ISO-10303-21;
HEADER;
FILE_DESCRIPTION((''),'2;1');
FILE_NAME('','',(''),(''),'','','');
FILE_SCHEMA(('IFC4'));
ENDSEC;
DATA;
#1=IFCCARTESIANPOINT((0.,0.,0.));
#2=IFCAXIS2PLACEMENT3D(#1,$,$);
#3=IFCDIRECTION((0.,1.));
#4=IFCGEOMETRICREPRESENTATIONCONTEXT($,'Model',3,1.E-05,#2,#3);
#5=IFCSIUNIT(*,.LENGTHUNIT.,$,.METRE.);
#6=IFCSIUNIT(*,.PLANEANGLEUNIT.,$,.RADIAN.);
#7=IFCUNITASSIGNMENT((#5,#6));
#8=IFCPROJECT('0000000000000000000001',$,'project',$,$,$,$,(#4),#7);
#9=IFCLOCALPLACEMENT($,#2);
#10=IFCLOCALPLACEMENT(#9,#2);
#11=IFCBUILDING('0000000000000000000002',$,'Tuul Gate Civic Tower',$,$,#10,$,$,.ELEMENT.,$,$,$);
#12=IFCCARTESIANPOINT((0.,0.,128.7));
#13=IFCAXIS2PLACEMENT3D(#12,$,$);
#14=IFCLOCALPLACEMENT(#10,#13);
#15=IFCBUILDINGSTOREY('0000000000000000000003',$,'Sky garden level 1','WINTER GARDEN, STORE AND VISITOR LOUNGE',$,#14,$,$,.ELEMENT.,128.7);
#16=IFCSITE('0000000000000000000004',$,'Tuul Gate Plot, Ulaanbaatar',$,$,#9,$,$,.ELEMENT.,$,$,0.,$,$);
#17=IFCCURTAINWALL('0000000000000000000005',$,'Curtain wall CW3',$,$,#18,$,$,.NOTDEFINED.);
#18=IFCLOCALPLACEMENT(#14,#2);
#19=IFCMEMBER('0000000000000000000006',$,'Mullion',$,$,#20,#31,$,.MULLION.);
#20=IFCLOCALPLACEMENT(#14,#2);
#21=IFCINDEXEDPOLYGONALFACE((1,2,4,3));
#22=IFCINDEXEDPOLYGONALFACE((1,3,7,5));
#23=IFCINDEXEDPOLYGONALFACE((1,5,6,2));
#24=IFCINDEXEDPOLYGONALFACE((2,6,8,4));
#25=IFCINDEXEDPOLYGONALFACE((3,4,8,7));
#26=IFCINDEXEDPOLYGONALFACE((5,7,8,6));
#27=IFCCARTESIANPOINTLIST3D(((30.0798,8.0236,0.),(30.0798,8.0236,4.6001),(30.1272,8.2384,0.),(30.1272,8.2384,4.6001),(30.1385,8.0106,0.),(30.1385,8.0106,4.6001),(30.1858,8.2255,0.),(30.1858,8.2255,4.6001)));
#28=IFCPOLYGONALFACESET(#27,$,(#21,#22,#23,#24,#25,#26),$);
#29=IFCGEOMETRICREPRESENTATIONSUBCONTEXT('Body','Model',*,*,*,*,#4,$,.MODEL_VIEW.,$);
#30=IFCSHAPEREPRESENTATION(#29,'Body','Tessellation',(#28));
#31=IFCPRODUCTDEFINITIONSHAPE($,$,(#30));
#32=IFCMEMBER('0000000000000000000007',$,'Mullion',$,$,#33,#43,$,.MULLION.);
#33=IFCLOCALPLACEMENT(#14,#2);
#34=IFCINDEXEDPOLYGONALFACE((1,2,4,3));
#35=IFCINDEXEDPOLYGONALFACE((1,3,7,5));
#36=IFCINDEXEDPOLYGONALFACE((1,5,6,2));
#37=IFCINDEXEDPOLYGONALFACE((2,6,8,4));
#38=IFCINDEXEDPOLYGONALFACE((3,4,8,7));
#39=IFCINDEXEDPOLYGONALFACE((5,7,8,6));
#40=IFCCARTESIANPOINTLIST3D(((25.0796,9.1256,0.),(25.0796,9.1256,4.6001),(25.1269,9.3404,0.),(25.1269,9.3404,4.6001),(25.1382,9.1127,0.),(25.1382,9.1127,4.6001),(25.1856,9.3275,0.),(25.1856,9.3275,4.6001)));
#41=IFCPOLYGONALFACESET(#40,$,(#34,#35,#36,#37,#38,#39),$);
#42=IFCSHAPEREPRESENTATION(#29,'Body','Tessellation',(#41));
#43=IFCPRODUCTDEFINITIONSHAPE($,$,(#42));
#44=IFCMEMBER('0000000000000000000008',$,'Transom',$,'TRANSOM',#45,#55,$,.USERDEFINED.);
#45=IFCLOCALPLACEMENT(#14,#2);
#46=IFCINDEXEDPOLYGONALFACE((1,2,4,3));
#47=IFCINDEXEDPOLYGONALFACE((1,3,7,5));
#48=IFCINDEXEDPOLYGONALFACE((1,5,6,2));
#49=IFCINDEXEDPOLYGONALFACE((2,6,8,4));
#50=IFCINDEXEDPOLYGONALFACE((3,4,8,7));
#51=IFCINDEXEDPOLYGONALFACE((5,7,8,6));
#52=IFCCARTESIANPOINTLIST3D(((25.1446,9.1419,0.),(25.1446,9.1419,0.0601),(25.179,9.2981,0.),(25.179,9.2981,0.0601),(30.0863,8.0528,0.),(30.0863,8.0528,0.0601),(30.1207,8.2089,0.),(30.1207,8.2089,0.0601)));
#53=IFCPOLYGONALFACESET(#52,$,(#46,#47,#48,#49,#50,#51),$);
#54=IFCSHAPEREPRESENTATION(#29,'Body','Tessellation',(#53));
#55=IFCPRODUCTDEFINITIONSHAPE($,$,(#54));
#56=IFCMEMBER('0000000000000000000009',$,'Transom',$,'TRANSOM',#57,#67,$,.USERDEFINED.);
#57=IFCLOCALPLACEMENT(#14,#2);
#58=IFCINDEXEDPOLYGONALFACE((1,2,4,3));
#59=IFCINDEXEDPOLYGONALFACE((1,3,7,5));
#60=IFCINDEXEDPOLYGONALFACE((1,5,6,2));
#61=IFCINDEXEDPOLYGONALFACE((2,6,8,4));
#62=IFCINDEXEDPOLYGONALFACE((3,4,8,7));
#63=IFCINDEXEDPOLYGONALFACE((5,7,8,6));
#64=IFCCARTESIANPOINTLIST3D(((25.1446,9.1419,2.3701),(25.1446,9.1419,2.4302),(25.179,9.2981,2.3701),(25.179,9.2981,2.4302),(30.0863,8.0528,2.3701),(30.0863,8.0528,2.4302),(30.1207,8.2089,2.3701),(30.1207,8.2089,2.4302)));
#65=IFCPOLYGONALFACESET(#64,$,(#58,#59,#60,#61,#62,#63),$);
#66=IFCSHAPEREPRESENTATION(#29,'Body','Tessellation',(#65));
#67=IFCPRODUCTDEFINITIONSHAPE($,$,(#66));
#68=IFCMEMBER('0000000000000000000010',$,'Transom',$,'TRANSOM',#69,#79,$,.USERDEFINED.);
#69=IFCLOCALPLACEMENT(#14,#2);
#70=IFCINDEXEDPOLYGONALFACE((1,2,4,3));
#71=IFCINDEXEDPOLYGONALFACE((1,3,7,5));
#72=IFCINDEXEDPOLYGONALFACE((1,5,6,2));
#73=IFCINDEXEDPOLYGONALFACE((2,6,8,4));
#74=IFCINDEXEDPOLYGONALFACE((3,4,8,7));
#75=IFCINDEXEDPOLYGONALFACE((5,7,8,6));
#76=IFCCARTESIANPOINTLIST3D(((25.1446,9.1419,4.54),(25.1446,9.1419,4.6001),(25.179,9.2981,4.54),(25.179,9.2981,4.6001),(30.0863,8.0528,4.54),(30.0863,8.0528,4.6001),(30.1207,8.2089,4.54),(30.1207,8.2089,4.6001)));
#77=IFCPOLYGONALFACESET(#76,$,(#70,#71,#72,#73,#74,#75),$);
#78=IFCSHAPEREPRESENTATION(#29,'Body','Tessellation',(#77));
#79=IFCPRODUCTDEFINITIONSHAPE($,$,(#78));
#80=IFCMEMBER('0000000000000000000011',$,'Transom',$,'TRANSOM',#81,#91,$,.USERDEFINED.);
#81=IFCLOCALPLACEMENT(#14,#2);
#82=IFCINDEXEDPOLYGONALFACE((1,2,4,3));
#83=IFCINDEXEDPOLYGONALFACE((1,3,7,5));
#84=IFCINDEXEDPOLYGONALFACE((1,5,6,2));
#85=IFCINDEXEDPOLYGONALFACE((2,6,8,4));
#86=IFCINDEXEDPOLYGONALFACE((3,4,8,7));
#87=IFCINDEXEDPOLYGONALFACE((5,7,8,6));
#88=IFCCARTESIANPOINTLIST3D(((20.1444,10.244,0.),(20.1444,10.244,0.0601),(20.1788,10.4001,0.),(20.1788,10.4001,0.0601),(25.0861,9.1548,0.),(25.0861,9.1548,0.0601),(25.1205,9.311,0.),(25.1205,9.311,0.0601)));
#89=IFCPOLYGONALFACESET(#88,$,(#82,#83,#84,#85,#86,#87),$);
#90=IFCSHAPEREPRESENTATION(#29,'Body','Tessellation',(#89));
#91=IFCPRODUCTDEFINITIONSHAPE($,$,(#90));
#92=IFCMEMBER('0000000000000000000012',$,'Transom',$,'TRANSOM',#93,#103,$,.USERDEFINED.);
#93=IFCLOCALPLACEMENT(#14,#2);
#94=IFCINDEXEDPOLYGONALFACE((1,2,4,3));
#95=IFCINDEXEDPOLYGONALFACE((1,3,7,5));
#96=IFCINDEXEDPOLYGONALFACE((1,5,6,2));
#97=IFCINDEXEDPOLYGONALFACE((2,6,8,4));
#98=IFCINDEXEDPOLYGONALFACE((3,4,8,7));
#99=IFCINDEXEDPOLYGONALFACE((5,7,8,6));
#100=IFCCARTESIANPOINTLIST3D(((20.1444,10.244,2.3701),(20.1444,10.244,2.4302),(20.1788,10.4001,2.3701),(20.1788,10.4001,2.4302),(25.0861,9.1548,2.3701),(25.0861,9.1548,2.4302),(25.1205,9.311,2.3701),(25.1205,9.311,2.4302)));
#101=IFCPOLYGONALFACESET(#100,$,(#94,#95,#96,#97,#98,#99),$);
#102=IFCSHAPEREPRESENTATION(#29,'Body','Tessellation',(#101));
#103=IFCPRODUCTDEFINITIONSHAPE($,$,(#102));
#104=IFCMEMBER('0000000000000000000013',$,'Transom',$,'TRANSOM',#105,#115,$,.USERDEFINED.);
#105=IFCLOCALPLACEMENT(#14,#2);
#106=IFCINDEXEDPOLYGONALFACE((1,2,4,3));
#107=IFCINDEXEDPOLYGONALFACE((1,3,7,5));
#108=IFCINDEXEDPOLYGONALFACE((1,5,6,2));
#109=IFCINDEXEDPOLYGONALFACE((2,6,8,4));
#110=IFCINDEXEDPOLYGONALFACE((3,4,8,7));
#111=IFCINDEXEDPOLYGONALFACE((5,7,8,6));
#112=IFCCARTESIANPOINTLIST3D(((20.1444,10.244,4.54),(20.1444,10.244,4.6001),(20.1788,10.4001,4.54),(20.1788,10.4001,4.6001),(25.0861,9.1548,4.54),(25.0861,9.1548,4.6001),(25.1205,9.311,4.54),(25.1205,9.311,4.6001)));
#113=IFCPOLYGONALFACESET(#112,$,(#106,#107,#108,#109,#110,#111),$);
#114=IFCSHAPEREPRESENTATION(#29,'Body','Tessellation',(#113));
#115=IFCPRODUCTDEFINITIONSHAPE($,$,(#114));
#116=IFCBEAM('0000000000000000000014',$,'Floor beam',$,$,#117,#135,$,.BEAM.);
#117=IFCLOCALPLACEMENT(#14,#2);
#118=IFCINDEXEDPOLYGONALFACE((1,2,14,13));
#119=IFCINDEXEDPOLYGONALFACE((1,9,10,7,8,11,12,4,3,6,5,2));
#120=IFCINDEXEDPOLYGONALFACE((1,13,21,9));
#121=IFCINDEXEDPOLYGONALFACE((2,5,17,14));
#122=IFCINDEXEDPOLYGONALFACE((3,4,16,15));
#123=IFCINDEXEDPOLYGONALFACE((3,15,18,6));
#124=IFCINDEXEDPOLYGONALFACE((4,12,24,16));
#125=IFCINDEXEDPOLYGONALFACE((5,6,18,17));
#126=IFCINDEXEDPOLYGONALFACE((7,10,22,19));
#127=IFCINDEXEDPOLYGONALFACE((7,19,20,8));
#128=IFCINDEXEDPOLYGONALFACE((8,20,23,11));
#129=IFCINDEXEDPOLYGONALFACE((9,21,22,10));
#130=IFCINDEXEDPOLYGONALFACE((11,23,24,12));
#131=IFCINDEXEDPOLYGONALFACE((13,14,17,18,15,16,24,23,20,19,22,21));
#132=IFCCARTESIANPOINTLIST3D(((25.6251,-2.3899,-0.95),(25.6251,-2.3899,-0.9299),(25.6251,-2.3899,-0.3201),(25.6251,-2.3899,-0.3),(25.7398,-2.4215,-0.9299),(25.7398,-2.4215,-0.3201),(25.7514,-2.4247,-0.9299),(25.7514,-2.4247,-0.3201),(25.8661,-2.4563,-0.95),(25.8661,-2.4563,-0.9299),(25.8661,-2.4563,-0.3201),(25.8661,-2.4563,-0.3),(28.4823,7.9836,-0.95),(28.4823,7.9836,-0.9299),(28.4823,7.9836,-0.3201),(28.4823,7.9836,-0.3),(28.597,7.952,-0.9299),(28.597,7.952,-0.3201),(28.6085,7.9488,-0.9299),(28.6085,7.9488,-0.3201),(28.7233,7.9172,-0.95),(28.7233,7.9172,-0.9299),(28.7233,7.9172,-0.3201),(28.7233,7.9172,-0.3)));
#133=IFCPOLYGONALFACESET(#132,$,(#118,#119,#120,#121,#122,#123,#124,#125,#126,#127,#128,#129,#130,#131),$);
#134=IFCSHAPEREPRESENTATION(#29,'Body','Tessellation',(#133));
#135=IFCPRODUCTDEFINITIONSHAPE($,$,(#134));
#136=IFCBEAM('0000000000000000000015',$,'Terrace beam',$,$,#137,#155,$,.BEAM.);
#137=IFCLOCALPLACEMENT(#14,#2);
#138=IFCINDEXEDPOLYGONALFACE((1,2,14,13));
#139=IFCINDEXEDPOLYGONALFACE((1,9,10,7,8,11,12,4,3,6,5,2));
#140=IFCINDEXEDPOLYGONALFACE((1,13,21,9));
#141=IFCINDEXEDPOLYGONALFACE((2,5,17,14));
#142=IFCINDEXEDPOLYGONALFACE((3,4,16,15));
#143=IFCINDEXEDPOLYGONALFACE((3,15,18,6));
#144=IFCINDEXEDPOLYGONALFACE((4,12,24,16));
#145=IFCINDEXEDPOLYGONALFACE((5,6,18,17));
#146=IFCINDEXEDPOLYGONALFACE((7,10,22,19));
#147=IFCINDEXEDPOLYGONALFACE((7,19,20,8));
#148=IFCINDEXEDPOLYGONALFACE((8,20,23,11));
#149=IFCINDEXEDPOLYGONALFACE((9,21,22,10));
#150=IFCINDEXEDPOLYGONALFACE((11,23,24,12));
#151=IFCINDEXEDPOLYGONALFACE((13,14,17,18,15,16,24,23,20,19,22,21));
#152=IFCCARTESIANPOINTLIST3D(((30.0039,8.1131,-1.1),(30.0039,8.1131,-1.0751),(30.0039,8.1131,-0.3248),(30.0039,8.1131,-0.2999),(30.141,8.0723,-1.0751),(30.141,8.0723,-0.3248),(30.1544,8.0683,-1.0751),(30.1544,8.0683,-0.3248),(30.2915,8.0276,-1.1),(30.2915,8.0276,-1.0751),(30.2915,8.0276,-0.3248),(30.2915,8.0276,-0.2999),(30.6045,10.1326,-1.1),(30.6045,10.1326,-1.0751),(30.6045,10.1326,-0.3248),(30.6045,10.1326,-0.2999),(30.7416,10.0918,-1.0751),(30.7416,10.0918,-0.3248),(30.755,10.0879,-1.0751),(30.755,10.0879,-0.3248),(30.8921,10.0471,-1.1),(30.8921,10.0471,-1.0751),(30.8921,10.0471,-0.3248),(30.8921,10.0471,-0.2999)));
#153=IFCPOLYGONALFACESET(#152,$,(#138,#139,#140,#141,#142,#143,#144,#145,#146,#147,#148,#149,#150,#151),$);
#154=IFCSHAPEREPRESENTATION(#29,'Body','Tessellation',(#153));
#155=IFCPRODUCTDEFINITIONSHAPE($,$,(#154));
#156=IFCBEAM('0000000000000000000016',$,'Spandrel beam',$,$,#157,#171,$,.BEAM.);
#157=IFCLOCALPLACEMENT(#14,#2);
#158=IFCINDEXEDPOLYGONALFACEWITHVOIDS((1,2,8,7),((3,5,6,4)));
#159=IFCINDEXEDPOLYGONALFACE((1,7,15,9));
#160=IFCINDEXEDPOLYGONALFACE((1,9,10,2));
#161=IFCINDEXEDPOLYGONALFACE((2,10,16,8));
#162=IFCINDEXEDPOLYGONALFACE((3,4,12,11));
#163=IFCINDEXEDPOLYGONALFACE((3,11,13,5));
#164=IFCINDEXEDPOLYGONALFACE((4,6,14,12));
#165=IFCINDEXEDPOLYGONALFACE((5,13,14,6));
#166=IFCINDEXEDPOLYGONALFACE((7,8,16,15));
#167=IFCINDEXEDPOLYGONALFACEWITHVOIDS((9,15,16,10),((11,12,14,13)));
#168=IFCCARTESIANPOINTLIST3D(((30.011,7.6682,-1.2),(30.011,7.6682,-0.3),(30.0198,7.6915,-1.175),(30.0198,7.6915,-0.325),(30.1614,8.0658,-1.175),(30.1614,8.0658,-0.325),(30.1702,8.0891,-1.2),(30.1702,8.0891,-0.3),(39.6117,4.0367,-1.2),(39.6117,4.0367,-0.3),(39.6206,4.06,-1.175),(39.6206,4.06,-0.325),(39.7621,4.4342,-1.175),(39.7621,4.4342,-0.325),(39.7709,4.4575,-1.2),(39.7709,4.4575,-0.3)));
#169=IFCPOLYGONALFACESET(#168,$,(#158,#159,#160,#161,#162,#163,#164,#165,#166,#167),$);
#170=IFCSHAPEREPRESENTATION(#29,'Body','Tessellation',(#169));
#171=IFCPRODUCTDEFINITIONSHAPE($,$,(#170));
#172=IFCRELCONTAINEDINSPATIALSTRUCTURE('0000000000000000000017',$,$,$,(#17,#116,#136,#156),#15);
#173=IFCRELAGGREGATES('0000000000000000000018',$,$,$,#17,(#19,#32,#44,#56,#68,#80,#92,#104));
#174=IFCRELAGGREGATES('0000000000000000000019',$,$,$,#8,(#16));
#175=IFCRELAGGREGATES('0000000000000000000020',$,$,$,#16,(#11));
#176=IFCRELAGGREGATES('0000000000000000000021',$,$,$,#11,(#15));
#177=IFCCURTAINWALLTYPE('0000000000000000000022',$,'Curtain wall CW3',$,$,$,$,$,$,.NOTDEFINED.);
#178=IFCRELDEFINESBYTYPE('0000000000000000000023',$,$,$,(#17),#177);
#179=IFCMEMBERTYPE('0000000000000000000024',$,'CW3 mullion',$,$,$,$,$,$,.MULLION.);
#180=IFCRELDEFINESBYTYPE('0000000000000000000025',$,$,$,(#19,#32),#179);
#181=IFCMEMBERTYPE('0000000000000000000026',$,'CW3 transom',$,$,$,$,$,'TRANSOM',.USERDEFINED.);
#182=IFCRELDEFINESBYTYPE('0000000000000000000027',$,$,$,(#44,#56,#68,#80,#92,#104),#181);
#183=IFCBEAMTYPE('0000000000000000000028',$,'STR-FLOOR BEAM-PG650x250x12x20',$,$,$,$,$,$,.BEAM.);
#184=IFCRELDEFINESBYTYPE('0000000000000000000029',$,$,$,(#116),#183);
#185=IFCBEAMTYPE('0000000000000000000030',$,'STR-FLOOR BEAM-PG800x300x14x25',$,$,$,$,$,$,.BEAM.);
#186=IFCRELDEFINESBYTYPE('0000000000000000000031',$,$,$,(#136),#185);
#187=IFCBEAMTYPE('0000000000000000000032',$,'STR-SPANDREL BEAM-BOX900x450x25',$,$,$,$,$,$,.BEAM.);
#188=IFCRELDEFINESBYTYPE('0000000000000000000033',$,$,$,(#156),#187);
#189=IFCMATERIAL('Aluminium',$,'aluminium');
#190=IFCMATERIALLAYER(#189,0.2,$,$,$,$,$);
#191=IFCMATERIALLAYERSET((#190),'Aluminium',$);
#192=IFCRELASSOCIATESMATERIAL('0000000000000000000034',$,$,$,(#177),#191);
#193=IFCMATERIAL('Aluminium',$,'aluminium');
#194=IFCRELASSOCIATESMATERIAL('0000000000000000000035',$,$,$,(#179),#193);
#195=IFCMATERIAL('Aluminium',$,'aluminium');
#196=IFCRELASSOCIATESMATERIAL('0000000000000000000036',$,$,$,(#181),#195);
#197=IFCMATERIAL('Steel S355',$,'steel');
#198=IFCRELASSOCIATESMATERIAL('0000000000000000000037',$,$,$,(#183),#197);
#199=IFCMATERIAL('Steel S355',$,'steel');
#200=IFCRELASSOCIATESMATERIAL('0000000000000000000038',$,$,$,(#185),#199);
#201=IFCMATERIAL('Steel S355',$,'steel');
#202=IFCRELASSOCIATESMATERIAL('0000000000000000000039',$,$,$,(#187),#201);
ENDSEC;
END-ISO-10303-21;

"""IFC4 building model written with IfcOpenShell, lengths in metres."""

from ifc_helpers import new_model, si_unit, direction, frame, origin, origin_2d, place, context, subcontext, project, spatial, rectangle, hollow_rectangle, i_section, extrude, material, layer, layer_set, material_profile, profile_set, type_object, element, aggregate, save


model = new_model("IFC4")

# Units and contexts
model_context = context("Model", 3, precision=1e-05, world=origin(), true_north=direction((0.0, 1.0)))
body_context = subcontext(model_context, "Body", "Model", "MODEL_VIEW")
ifc_project = project(units=[si_unit("LENGTHUNIT", "METRE"), si_unit("PLANEANGLEUNIT", "RADIAN")], contexts=[model_context])

# Site, building, storey
site_placement = place(None, origin())
site = spatial("IfcSite", under=ifc_project, at=site_placement, Name="Tuul Gate Plot, Ulaanbaatar", CompositionType="ELEMENT", RefElevation=0.0)
building_placement = place(site_placement, origin())
building = spatial("IfcBuilding", under=site, at=building_placement, Name="Tuul Gate Civic Tower", CompositionType="ELEMENT")
storey_placement = place(building_placement, frame((0.0, 0.0, 128.7)))
storey = spatial("IfcBuildingStorey", under=building, at=storey_placement, Name="Sky garden level 1", Description="WINTER GARDEN, STORE AND VISITOR LOUNGE", CompositionType="ELEMENT", Elevation=128.7)

# Curtain wall, members
ifc_material_1 = material(Name="Aluminium", Category="aluminium")
ifc_layer_1 = layer(ifc_material_1, 0.2)
ifc_layer_set_1 = layer_set([ifc_layer_1], Name="Aluminium")
curtain_wall_type = type_object("IfcCurtainWallType", Name="Curtain wall CW3", PredefinedType="NOTDEFINED", material=ifc_layer_set_1)
curtain_wall_placement = place(storey_placement, origin())
curtain_wall = element("IfcCurtainWall", 1, at=curtain_wall_placement, inside=storey, type_object=curtain_wall_type, Name="Curtain wall CW3", PredefinedType="NOTDEFINED")
ifc_material_2 = material(Name="Aluminium", Category="aluminium")
ifc_material_profile_1 = material_profile(ifc_material_2, rectangle(XDim=0.22, YDim=0.0601, at=origin_2d()), Name="CW3 mullion")
ifc_profile_set_1 = profile_set([ifc_material_profile_1], Name="Aluminium")
member_type_1 = type_object("IfcMemberType", Name="CW3 mullion", PredefinedType="MULLION", material=ifc_profile_set_1)
member_1_placement = place(storey_placement, frame((30.1328, 8.1245, 0.0), z_axis=(0.0, 0.0, 1.0), x_axis=(-0.215234, -0.976562, 0.0)))
member_1 = element("IfcMember", 2, at=member_1_placement, type_object=member_type_1, Name="Mullion", PredefinedType="MULLION", context=body_context, shape_type="SweptSolid", body=[
    extrude(rectangle(XDim=0.22, YDim=0.0601, at=origin_2d()), origin(), (0.0, 0.0, 1.0), 4.6001),
])
member_2_placement = place(storey_placement, frame((25.1326, 9.2266, 0.0), z_axis=(0.0, 0.0, 1.0), x_axis=(-0.215234, -0.976562, 0.0)))
member_2 = element("IfcMember", 3, at=member_2_placement, type_object=member_type_1, Name="Mullion", PredefinedType="MULLION", context=body_context, shape_type="SweptSolid", body=[
    extrude(rectangle(XDim=0.22, YDim=0.0601, at=origin_2d()), origin(), (0.0, 0.0, 1.0), 4.6001),
])
ifc_material_3 = material(Name="Aluminium", Category="aluminium")
ifc_material_profile_2 = material_profile(ifc_material_3, rectangle(XDim=0.1599, YDim=0.0601, at=origin_2d()), Name="CW3 transom")
ifc_profile_set_2 = profile_set([ifc_material_profile_2], Name="Aluminium")
member_type_2 = type_object("IfcMemberType", Name="CW3 transom", ElementType="TRANSOM", PredefinedType="USERDEFINED", material=ifc_profile_set_2)
member_3_placement = place(storey_placement, frame((30.1035, 8.1309, 0.03), z_axis=(-0.976564, 0.215229, 0.0), x_axis=(-0.215229, -0.976564, 0.0)))
member_3 = element("IfcMember", 4, at=member_3_placement, type_object=member_type_2, Name="Transom", ObjectType="TRANSOM", PredefinedType="USERDEFINED", context=body_context, shape_type="SweptSolid", body=[
    extrude(rectangle(XDim=0.1599, YDim=0.0601, at=origin_2d()), origin(), (0.0, 0.0, 1.0), 5.0603),
])
member_4_placement = place(storey_placement, frame((30.1035, 8.1309, 2.4001), z_axis=(-0.976564, 0.215229, 0.0), x_axis=(-0.215229, -0.976564, 0.0)))
member_4 = element("IfcMember", 5, at=member_4_placement, type_object=member_type_2, Name="Transom", ObjectType="TRANSOM", PredefinedType="USERDEFINED", context=body_context, shape_type="SweptSolid", body=[
    extrude(rectangle(XDim=0.1599, YDim=0.0601, at=origin_2d()), origin(), (0.0, 0.0, 1.0), 5.0603),
])
member_5_placement = place(storey_placement, frame((30.1035, 8.1309, 4.5701), z_axis=(-0.976564, 0.215229, 0.0), x_axis=(-0.215229, -0.976564, 0.0)))
member_5 = element("IfcMember", 6, at=member_5_placement, type_object=member_type_2, Name="Transom", ObjectType="TRANSOM", PredefinedType="USERDEFINED", context=body_context, shape_type="SweptSolid", body=[
    extrude(rectangle(XDim=0.1599, YDim=0.0601, at=origin_2d()), origin(), (0.0, 0.0, 1.0), 5.0603),
])
member_6_placement = place(storey_placement, frame((25.1033, 9.2329, 0.03), z_axis=(-0.976564, 0.215229, 0.0), x_axis=(-0.215229, -0.976564, 0.0)))
member_6 = element("IfcMember", 7, at=member_6_placement, type_object=member_type_2, Name="Transom", ObjectType="TRANSOM", PredefinedType="USERDEFINED", context=body_context, shape_type="SweptSolid", body=[
    extrude(rectangle(XDim=0.1599, YDim=0.0601, at=origin_2d()), origin(), (0.0, 0.0, 1.0), 5.0603),
])
member_7_placement = place(storey_placement, frame((25.1033, 9.2329, 2.4001), z_axis=(-0.976564, 0.215229, 0.0), x_axis=(-0.215229, -0.976564, 0.0)))
member_7 = element("IfcMember", 8, at=member_7_placement, type_object=member_type_2, Name="Transom", ObjectType="TRANSOM", PredefinedType="USERDEFINED", context=body_context, shape_type="SweptSolid", body=[
    extrude(rectangle(XDim=0.1599, YDim=0.0601, at=origin_2d()), origin(), (0.0, 0.0, 1.0), 5.0603),
])
member_8_placement = place(storey_placement, frame((25.1033, 9.2329, 4.5701), z_axis=(-0.976564, 0.215229, 0.0), x_axis=(-0.215229, -0.976564, 0.0)))
member_8 = element("IfcMember", 9, at=member_8_placement, type_object=member_type_2, Name="Transom", ObjectType="TRANSOM", PredefinedType="USERDEFINED", context=body_context, shape_type="SweptSolid", body=[
    extrude(rectangle(XDim=0.1599, YDim=0.0601, at=origin_2d()), origin(), (0.0, 0.0, 1.0), 5.0603),
])

# Beams
ifc_material_4 = material(Name="Steel S355", Category="steel")
ifc_material_profile_3 = material_profile(ifc_material_4, i_section(OverallWidth=0.25, OverallDepth=0.6499, WebThickness=0.012, FlangeThickness=0.02, at=origin_2d()), Name="PG650x250x12x20")
ifc_profile_set_3 = profile_set([ifc_material_profile_3], Name="Steel S355")
beam_type_1 = type_object("IfcBeamType", Name="STR-FLOOR BEAM-PG650x250x12x20", PredefinedType="BEAM", material=ifc_profile_set_3)
beam_1_placement = place(storey_placement, frame((25.7456, -2.4231, -0.625), z_axis=(0.265541, 0.964099, 0.0), x_axis=(-0.964099, 0.265541, 0.0)))
element("IfcBeam", 10, at=beam_1_placement, inside=storey, type_object=beam_type_1, Name="Floor beam", PredefinedType="BEAM", context=body_context, shape_type="SweptSolid", body=[
    extrude(i_section(OverallWidth=0.25, OverallDepth=0.6499, WebThickness=0.012, FlangeThickness=0.02, at=origin_2d()), origin(), (0.0, 0.0, 1.0), 10.7598),
])
ifc_material_5 = material(Name="Steel S355", Category="steel")
ifc_material_profile_4 = material_profile(ifc_material_5, i_section(OverallWidth=0.3, OverallDepth=0.8, WebThickness=0.0139, FlangeThickness=0.0249, at=origin_2d()), Name="PG800x300x14x25")
ifc_profile_set_4 = profile_set([ifc_material_profile_4], Name="Steel S355")
beam_type_2 = type_object("IfcBeamType", Name="STR-FLOOR BEAM-PG800x300x14x25", PredefinedType="BEAM", material=ifc_profile_set_4)
beam_2_placement = place(storey_placement, frame((30.7483, 10.0898, -0.7), z_axis=(-0.285051, -0.958512, 0.0), x_axis=(0.958512, -0.285051, 0.0)))
element("IfcBeam", 11, at=beam_2_placement, inside=storey, type_object=beam_type_2, Name="Terrace beam", PredefinedType="BEAM", context=body_context, shape_type="SweptSolid", body=[
    extrude(i_section(OverallWidth=0.3, OverallDepth=0.8, WebThickness=0.0139, FlangeThickness=0.0249, at=origin_2d()), origin(), (0.0, 0.0, 1.0), 2.1069),
])
ifc_material_6 = material(Name="Steel S355", Category="steel")
ifc_material_profile_5 = material_profile(ifc_material_6, hollow_rectangle(XDim=0.45, YDim=0.8999, WallThickness=0.0249, at=origin_2d()), Name="BOX900x450x25")
ifc_profile_set_5 = profile_set([ifc_material_profile_5], Name="Steel S355")
beam_type_3 = type_object("IfcBeamType", Name="STR-SPANDREL BEAM-BOX900x450x25", PredefinedType="BEAM", material=ifc_profile_set_5)
beam_3_placement = place(storey_placement, frame((30.0906, 7.8787, -0.75), z_axis=(0.935323, -0.353794, 0.0), x_axis=(0.353794, 0.935323, 0.0)))
element("IfcBeam", 12, at=beam_3_placement, inside=storey, type_object=beam_type_3, Name="Spandrel beam", PredefinedType="BEAM", context=body_context, shape_type="SweptSolid", body=[
    extrude(hollow_rectangle(XDim=0.45, YDim=0.8999, WallThickness=0.0249, at=origin_2d()), origin(), (0.0, 0.0, 1.0), 10.2646),
])

aggregate(curtain_wall, [member_1, member_2, member_3, member_4, member_5, member_6, member_7, member_8])

save(model, "model.ifc")
